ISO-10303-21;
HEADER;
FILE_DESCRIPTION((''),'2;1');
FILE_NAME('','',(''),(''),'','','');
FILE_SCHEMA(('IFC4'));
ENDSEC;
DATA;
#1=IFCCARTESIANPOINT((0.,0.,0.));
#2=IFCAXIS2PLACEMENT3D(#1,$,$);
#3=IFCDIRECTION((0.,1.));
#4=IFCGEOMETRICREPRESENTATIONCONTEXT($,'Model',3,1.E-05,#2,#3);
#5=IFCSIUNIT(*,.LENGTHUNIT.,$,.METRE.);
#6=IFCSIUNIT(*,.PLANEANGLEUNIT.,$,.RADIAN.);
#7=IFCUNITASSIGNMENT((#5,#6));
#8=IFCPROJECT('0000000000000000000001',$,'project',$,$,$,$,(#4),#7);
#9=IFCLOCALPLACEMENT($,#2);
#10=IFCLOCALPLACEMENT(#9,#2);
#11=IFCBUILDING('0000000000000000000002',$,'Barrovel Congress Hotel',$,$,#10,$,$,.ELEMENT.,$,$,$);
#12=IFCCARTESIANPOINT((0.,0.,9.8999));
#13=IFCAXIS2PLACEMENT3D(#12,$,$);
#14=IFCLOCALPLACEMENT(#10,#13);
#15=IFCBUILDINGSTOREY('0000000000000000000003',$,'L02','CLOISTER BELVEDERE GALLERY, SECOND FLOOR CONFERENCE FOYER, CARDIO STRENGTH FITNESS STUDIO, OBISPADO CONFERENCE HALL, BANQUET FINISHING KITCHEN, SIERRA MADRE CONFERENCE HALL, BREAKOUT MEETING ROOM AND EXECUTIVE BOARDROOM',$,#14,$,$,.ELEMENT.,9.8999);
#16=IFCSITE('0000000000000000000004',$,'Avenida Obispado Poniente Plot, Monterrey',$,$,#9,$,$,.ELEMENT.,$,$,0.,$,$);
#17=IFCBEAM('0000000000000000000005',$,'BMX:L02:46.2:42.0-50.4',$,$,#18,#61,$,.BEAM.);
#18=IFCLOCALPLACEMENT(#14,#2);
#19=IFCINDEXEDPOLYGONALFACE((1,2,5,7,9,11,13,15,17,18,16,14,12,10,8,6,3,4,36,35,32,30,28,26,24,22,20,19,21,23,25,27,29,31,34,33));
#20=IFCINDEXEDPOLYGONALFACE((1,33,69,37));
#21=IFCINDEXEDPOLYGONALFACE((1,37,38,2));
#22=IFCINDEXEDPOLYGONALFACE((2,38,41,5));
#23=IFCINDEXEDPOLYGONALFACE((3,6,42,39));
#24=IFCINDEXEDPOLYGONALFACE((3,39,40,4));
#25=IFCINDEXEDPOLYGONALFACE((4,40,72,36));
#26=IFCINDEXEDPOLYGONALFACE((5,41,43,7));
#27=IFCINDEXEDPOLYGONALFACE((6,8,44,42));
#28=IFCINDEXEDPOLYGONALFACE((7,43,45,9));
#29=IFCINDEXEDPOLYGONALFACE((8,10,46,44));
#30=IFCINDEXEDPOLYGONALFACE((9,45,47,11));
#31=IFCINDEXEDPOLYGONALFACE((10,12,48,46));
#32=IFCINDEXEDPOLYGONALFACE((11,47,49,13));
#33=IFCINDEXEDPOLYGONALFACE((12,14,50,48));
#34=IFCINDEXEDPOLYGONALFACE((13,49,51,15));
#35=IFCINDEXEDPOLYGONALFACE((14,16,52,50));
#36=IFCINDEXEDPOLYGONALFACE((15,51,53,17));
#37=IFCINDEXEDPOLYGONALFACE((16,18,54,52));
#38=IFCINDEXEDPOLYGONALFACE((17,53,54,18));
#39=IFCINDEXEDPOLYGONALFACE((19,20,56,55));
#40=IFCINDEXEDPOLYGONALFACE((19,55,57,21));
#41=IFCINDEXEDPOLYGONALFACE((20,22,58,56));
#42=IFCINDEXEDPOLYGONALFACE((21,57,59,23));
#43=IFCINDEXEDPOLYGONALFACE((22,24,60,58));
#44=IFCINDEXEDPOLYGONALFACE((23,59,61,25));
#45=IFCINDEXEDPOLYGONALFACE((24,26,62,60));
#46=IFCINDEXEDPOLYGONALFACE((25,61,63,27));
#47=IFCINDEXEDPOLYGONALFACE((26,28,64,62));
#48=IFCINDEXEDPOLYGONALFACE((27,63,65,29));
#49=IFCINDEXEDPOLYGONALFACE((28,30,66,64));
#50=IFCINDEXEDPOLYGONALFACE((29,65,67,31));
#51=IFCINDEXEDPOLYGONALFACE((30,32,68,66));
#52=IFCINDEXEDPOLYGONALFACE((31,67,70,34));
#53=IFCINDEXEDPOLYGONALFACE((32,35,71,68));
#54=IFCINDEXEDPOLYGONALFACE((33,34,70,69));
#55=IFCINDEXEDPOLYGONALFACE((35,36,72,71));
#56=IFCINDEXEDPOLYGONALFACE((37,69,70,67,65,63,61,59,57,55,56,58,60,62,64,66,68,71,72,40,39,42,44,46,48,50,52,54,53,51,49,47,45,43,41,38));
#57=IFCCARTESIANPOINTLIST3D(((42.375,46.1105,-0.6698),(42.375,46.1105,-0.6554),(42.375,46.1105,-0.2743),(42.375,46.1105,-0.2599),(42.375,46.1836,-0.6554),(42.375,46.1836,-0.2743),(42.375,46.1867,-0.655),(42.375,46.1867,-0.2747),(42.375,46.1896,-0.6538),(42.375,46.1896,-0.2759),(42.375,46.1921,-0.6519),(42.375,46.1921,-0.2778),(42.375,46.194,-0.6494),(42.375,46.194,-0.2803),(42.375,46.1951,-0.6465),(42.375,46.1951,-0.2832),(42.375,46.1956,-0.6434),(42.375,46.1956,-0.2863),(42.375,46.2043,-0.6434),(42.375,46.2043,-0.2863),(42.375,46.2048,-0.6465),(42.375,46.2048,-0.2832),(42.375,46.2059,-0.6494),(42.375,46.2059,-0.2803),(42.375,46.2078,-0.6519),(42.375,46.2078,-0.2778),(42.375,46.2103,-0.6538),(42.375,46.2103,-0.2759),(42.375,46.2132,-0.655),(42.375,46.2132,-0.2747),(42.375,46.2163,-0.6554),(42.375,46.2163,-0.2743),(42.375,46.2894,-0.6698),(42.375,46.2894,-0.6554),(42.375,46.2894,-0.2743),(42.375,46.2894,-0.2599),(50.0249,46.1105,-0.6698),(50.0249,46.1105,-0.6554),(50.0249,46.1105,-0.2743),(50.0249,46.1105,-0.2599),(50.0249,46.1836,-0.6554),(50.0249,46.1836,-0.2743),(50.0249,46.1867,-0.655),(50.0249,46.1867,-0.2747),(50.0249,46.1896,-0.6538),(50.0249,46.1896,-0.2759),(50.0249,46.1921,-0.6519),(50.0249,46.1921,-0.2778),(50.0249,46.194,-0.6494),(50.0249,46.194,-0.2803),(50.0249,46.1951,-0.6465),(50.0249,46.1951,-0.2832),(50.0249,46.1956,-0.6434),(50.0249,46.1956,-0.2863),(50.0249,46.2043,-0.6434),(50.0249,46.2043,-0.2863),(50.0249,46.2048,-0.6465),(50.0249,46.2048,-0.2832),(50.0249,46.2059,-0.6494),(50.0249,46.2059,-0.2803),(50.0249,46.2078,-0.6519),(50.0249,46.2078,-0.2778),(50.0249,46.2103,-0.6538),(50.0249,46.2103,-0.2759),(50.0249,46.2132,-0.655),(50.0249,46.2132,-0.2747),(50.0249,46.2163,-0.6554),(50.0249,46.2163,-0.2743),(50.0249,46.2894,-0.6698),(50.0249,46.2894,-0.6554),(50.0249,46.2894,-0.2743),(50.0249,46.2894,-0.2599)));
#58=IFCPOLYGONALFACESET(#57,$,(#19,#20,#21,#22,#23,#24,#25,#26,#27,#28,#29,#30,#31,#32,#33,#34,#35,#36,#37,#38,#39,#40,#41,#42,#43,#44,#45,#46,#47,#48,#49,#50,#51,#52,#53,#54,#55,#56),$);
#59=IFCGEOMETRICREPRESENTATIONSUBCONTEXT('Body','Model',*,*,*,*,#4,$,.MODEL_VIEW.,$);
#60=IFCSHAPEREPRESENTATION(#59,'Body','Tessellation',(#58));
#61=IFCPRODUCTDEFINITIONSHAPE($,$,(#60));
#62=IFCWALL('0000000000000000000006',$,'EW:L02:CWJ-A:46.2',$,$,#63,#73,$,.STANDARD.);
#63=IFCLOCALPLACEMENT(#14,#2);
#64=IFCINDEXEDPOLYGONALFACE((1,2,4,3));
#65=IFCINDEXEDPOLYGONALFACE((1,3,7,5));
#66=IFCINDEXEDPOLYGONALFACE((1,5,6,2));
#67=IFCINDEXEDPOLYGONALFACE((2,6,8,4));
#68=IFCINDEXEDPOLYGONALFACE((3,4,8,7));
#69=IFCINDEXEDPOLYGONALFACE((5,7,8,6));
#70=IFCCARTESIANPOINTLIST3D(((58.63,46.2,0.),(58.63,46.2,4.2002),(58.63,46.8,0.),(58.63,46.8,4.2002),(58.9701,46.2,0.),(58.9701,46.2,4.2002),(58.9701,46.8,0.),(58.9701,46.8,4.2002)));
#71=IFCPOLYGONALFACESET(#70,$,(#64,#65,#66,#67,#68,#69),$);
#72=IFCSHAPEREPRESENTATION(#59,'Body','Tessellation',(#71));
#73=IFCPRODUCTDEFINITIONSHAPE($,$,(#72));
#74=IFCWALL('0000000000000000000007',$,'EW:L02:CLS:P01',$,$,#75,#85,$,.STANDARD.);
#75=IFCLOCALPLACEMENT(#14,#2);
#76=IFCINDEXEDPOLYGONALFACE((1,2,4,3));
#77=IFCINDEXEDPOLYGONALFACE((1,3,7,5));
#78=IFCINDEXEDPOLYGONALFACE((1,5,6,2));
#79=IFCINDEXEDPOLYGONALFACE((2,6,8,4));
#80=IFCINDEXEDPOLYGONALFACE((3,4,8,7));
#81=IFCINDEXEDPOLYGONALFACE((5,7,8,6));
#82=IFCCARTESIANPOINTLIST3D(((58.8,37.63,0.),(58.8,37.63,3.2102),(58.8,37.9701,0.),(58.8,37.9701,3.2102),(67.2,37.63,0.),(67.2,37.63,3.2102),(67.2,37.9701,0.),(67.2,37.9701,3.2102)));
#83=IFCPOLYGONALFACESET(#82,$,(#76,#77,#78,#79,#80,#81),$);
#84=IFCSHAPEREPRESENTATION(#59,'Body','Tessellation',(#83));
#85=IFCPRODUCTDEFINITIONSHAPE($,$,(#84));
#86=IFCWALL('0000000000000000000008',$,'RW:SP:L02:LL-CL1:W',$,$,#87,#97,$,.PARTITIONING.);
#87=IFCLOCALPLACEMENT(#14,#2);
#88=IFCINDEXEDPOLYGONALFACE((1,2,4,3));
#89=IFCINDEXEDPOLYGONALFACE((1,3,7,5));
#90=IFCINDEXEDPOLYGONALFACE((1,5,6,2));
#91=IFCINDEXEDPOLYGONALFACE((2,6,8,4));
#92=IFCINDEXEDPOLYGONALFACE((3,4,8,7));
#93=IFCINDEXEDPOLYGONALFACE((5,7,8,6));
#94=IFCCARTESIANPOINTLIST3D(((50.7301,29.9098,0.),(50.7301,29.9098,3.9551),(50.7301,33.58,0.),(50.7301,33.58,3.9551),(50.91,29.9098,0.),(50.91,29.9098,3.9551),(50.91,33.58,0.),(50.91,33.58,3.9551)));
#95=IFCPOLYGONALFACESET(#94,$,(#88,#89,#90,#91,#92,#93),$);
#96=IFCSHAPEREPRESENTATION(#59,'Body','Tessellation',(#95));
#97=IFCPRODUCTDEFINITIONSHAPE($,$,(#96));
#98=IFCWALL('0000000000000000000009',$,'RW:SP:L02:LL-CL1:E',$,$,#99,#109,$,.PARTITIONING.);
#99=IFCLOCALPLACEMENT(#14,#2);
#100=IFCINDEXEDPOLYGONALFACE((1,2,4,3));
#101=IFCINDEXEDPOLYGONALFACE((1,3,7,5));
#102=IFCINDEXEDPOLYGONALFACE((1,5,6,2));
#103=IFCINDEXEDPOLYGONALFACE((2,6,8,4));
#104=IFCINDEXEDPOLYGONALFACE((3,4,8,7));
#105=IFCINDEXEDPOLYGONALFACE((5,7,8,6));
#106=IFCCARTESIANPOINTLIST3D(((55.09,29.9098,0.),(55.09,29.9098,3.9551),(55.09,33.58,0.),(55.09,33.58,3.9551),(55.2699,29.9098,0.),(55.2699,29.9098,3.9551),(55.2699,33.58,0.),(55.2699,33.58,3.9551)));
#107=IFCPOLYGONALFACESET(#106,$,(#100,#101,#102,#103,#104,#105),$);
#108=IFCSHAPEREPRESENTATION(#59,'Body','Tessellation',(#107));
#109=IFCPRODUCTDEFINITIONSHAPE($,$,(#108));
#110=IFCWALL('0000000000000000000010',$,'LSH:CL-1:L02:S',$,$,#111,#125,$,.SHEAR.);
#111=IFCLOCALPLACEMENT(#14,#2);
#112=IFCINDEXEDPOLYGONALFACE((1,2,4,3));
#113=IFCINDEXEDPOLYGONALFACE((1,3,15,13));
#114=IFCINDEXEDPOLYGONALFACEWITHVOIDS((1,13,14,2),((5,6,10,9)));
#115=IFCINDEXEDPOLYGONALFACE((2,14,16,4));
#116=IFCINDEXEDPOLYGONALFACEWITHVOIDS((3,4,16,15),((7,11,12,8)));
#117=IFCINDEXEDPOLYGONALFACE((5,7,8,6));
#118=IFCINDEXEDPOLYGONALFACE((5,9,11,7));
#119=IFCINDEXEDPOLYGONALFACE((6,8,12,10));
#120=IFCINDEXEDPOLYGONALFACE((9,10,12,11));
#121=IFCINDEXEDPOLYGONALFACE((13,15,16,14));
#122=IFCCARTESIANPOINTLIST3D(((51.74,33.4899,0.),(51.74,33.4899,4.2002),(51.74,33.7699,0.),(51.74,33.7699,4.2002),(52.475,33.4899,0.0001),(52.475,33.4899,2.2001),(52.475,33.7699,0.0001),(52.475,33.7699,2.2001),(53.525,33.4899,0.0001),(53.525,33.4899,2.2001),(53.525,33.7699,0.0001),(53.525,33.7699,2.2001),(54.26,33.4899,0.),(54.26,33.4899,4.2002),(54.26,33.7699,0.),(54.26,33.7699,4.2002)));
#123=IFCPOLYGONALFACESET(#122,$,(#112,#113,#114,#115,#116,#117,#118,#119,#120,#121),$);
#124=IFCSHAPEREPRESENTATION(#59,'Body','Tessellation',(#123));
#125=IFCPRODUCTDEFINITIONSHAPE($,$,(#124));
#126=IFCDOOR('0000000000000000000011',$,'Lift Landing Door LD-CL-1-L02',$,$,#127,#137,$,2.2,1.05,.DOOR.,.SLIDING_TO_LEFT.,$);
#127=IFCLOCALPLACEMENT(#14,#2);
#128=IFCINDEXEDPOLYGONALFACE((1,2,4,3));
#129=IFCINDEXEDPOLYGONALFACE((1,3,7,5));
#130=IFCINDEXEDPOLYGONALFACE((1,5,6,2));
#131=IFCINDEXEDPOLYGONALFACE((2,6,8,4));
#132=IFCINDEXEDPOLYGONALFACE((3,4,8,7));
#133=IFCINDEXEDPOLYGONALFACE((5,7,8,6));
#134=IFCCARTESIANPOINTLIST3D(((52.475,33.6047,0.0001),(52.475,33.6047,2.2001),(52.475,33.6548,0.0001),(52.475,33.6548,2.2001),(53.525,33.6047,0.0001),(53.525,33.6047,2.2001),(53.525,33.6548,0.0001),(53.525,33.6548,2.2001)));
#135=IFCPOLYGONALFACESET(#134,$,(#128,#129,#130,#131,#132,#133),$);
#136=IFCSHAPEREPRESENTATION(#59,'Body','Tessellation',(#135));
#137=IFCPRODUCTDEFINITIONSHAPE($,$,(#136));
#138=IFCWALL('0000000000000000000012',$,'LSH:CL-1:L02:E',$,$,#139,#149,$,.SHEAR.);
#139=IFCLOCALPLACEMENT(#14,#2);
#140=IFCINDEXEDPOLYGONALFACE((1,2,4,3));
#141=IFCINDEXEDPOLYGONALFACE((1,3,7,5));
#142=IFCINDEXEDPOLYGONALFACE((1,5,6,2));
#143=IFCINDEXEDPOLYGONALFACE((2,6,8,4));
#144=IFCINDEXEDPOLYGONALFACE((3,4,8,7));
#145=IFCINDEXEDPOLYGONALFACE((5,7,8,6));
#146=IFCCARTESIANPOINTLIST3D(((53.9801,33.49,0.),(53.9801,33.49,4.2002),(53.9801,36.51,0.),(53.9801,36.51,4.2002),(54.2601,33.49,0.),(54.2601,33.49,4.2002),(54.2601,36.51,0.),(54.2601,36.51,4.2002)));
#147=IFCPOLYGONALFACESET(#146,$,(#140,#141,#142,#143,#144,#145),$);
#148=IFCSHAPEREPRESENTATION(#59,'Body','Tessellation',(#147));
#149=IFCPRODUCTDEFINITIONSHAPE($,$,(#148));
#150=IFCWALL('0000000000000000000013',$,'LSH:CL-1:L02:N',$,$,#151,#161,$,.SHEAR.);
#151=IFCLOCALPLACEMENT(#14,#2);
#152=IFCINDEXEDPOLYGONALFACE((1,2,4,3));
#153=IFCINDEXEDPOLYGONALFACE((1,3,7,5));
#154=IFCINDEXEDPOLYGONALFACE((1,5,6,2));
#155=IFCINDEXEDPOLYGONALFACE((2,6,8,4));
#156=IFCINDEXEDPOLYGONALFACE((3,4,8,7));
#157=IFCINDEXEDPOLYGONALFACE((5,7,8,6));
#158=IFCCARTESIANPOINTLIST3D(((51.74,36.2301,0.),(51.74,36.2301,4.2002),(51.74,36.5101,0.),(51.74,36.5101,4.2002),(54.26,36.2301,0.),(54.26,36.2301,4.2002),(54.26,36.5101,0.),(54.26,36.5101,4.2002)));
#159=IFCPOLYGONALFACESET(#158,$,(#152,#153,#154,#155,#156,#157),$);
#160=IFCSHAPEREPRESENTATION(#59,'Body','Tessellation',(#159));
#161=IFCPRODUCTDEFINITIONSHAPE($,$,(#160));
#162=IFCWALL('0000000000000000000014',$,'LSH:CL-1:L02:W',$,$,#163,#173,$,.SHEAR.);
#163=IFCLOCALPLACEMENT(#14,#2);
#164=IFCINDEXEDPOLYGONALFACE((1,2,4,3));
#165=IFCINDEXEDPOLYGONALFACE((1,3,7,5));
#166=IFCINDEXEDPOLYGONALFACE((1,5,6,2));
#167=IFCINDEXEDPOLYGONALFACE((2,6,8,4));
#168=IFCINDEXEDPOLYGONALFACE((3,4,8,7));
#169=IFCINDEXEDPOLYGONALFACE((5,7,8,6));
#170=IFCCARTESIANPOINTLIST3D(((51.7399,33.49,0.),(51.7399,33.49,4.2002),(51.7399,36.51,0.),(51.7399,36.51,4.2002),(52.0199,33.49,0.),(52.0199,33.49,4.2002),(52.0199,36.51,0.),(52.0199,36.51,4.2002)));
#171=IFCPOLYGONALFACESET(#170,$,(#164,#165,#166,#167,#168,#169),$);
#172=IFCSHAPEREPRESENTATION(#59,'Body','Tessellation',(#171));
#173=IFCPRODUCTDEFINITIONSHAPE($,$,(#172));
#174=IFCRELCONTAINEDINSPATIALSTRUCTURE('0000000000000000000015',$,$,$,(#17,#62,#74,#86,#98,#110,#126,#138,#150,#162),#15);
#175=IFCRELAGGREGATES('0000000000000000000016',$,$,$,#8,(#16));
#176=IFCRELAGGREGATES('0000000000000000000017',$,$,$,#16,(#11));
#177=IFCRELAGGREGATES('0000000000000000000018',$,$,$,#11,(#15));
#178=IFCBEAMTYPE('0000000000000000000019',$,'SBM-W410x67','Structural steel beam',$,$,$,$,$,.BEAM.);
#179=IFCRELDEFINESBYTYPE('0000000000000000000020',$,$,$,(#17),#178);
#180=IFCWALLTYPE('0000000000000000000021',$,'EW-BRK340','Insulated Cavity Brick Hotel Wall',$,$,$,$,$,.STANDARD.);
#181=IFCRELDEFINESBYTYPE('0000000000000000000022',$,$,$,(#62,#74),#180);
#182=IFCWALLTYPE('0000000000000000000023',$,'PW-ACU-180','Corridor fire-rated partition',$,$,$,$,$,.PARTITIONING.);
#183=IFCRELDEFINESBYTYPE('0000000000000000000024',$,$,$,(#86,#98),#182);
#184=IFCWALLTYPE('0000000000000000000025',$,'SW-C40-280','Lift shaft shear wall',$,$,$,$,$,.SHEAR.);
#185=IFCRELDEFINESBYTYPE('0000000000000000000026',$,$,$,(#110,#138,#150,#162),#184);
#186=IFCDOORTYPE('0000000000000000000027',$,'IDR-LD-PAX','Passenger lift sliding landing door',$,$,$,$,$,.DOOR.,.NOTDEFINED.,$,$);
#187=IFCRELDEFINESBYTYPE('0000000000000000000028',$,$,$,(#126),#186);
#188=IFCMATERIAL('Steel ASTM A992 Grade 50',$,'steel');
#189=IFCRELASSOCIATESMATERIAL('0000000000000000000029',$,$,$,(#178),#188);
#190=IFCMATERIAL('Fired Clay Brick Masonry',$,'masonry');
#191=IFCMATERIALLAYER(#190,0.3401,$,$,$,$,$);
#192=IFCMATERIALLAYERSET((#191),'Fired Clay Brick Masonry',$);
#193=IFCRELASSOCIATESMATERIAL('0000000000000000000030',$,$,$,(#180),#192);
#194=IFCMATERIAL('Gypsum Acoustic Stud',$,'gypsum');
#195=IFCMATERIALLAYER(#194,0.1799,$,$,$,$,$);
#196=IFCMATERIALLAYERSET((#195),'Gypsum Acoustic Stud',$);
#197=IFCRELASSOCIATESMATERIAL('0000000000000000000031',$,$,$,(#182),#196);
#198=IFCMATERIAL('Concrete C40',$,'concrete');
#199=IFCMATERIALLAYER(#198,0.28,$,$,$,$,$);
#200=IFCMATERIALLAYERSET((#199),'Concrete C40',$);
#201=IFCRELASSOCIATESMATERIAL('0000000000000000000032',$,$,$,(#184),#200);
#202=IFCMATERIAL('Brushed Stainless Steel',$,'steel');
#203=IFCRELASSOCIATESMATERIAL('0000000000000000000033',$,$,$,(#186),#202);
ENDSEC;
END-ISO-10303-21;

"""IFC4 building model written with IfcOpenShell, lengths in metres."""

from ifc_helpers import new_model, si_unit, direction, frame, frame_2d, origin, origin_2d, place, context, subcontext, project, spatial, rectangle, i_section, extrude, material, layer, layer_set, material_profile, profile_set, type_object, element, fill, save


model = new_model("IFC4")

# Units and contexts
model_context = context("Model", 3, precision=1e-05, world=origin(), true_north=direction((0.0, 1.0)))
body_context = subcontext(model_context, "Body", "Model", "MODEL_VIEW")
ifc_project = project(units=[si_unit("LENGTHUNIT", "METRE"), si_unit("PLANEANGLEUNIT", "RADIAN")], contexts=[model_context])

# Site, building, storey
site_placement = place(None, origin())
site = spatial("IfcSite", under=ifc_project, at=site_placement, Name="Avenida Obispado Poniente Plot, Monterrey", CompositionType="ELEMENT", RefElevation=0.0)
building_placement = place(site_placement, origin())
building = spatial("IfcBuilding", under=site, at=building_placement, Name="Barrovel Congress Hotel", CompositionType="ELEMENT")
storey_placement = place(building_placement, frame((0.0, 0.0, 9.8999)))
storey = spatial("IfcBuildingStorey", under=building, at=storey_placement, Name="L02", Description="CLOISTER BELVEDERE GALLERY, SECOND FLOOR CONFERENCE FOYER, CARDIO STRENGTH FITNESS STUDIO, OBISPADO CONFERENCE HALL, BANQUET FINISHING KITCHEN, SIERRA MADRE CONFERENCE HALL, BREAKOUT MEETING ROOM AND EXECUTIVE BOARDROOM", CompositionType="ELEMENT", Elevation=9.8999)

# Shared definitions
ifc_material_1 = material(Name="Concrete C40", Category="concrete")

# Beam
ifc_material_2 = material(Name="Steel ASTM A992 Grade 50", Category="steel")
ifc_material_profile_1 = material_profile(ifc_material_2, i_section(OverallWidth=0.179, OverallDepth=0.4099, WebThickness=0.0088, FlangeThickness=0.0144, FilletRadius=0.012, at=origin_2d()), Name="W410x67")
ifc_profile_set_1 = profile_set([ifc_material_profile_1], Name="Steel ASTM A992 Grade 50")
beam_type_1 = type_object("IfcBeamType", Name="SBM-W410x67", Description="Structural steel beam", PredefinedType="BEAM", material=ifc_profile_set_1)
beam_1_placement = place(storey_placement, frame((42.375, 46.2, -0.4648), z_axis=(1.0, 0.0, 0.0), x_axis=(0.0, 1.0, 0.0)))
element("IfcBeam", 1, at=beam_1_placement, inside=storey, type_object=beam_type_1, Name="BMX:L02:46.2:42.0-50.4", PredefinedType="BEAM", context=body_context, shape_type="SweptSolid", body=[
    extrude(i_section(OverallWidth=0.179, OverallDepth=0.4099, WebThickness=0.0088, FlangeThickness=0.0144, FilletRadius=0.012, at=origin_2d()), origin(), (0.0, 0.0, 1.0), 7.6499),
])

# Walls
ifc_material_3 = material(Name="Fired Clay Brick Masonry", Category="masonry")
ifc_layer_1 = layer(ifc_material_3, 0.3401)
ifc_layer_set_1 = layer_set([ifc_layer_1], Name="Fired Clay Brick Masonry")
wall_type_1 = type_object("IfcWallType", Name="EW-BRK340", Description="Insulated Cavity Brick Hotel Wall", PredefinedType="STANDARD", material=ifc_layer_set_1)
wall_1_placement = place(storey_placement, frame((58.8, 46.2, 0.0), z_axis=(0.0, 0.0, 1.0), x_axis=(0.0, 1.0, 0.0)))
element("IfcWall", 2, at=wall_1_placement, inside=storey, type_object=wall_type_1, Name="EW:L02:CWJ-A:46.2", PredefinedType="STANDARD", context=body_context, shape_type="SweptSolid", body=[
    extrude(rectangle(XDim=0.6001, YDim=0.3401, at=frame_2d((0.3, 0.0))), origin(), (0.0, 0.0, 1.0), 4.2002),
])
wall_2_placement = place(storey_placement, frame((58.8, 37.8, 0.0), z_axis=(0.0, 0.0, 1.0), x_axis=(1.0, 0.0, 0.0)))
element("IfcWall", 3, at=wall_2_placement, inside=storey, type_object=wall_type_1, Name="EW:L02:CLS:P01", PredefinedType="STANDARD", context=body_context, shape_type="SweptSolid", body=[
    extrude(rectangle(XDim=8.3999, YDim=0.3401, at=frame_2d((4.2, 0.0))), origin(), (0.0, 0.0, 1.0), 3.2102),
])

# Shared definitions
ifc_material_4 = material(Name="Gypsum Acoustic Stud", Category="gypsum")
ifc_layer_2 = layer(ifc_material_4, 0.1799)
ifc_layer_set_2 = layer_set([ifc_layer_2], Name="Gypsum Acoustic Stud")
wall_type_2 = type_object("IfcWallType", Name="PW-ACU-180", Description="Corridor fire-rated partition", PredefinedType="PARTITIONING", material=ifc_layer_set_2)

# Walls
for number, where, z_axis, x_axis, name in (
    (4, (50.8201, 29.9099, 0.0), (0.0, 0.0, 1.0), (0.0, 1.0, 0.0), "RW:SP:L02:LL-CL1:W"),
    (5, (55.1799, 29.9099, 0.0), (0.0, 0.0, 1.0), (0.0, 1.0, 0.0), "RW:SP:L02:LL-CL1:E"),
):
    element("IfcWall", number, at=place(storey_placement, frame(where, z_axis=z_axis, x_axis=x_axis)), inside=storey, type_object=wall_type_2, Name=name, PredefinedType="PARTITIONING", context=body_context, shape_type="SweptSolid", body=[
        extrude(rectangle(XDim=3.6702, YDim=0.1799, at=frame_2d((1.835, 0.0))), origin(), (0.0, 0.0, 1.0), 3.9551),
    ])

# Wall, opening, door
ifc_layer_3 = layer(ifc_material_1, 0.28)
ifc_layer_set_3 = layer_set([ifc_layer_3], Name="Concrete C40")
wall_type_3 = type_object("IfcWallType", Name="SW-C40-280", Description="Lift shaft shear wall", PredefinedType="SHEAR", material=ifc_layer_set_3)
wall_3_placement = place(storey_placement, frame((51.74, 33.6299, 0.0), z_axis=(0.0, 0.0, 1.0), x_axis=(1.0, 0.0, 0.0)))
wall_3 = element("IfcWall", 6, at=wall_3_placement, inside=storey, type_object=wall_type_3, Name="LSH:CL-1:L02:S", PredefinedType="SHEAR", context=body_context, shape_type="SweptSolid", body=[
    extrude(rectangle(XDim=2.52, YDim=0.28, at=frame_2d((1.26, 0.0))), origin(), (0.0, 0.0, 1.0), 4.2002),
])
opening_1_placement = place(wall_3_placement, frame((0.7351, 0.0, 0.0)))
opening_1 = element("IfcOpeningElement", 7, at=opening_1_placement, cuts=wall_3, PredefinedType="OPENING", context=body_context, shape_type="SweptSolid", body=[
    extrude(rectangle(XDim=1.05, YDim=2.2, at=frame_2d((0.5249, 1.1001))), frame((0.0, 0.1499, 0.0), z_axis=(0.0, -1.0, 0.0), x_axis=(1.0, 0.0, 0.0)), (0.0, 0.0, 1.0), 0.3),
])
ifc_material_5 = material(Name="Brushed Stainless Steel", Category="steel")
door_type_1 = type_object("IfcDoorType", Name="IDR-LD-PAX", Description="Passenger lift sliding landing door", OperationType="NOTDEFINED", PredefinedType="DOOR", material=ifc_material_5)
door_1_placement = place(opening_1_placement, origin())
door_1 = element("IfcDoor", 8, at=door_1_placement, inside=storey, type_object=door_type_1, Name="Lift Landing Door LD-CL-1-L02", OperationType="SLIDING_TO_LEFT", OverallHeight=2.2, OverallWidth=1.05, PredefinedType="DOOR", context=body_context, shape_type="SweptSolid", body=[
    extrude(rectangle(XDim=1.05, YDim=2.2, at=frame_2d((0.5249, 1.1001))), frame((0.0, 0.0249, 0.0), z_axis=(0.0, -1.0, 0.0), x_axis=(1.0, 0.0, 0.0)), (0.0, 0.0, 1.0), 0.05),
])
fill(opening_1, door_1)

# Walls
wall_4_placement = place(storey_placement, frame((54.1201, 33.49, 0.0), z_axis=(0.0, 0.0, 1.0), x_axis=(0.0, 1.0, 0.0)))
element("IfcWall", 9, at=wall_4_placement, inside=storey, type_object=wall_type_3, Name="LSH:CL-1:L02:E", PredefinedType="SHEAR", context=body_context, shape_type="SweptSolid", body=[
    extrude(rectangle(XDim=3.02, YDim=0.28, at=frame_2d((1.51, 0.0))), origin(), (0.0, 0.0, 1.0), 4.2002),
])
wall_5_placement = place(storey_placement, frame((54.26, 36.3701, 0.0), z_axis=(0.0, 0.0, 1.0), x_axis=(-1.0, 0.0, 0.0)))
element("IfcWall", 10, at=wall_5_placement, inside=storey, type_object=wall_type_3, Name="LSH:CL-1:L02:N", PredefinedType="SHEAR", context=body_context, shape_type="SweptSolid", body=[
    extrude(rectangle(XDim=2.52, YDim=0.28, at=frame_2d((1.26, 0.0))), origin(), (0.0, 0.0, 1.0), 4.2002),
])
wall_6_placement = place(storey_placement, frame((51.8799, 36.51, 0.0), z_axis=(0.0, 0.0, 1.0), x_axis=(0.0, -1.0, 0.0)))
element("IfcWall", 11, at=wall_6_placement, inside=storey, type_object=wall_type_3, Name="LSH:CL-1:L02:W", PredefinedType="SHEAR", context=body_context, shape_type="SweptSolid", body=[
    extrude(rectangle(XDim=3.02, YDim=0.28, at=frame_2d((1.51, 0.0))), origin(), (0.0, 0.0, 1.0), 4.2002),
])

save(model, "model.ifc")
